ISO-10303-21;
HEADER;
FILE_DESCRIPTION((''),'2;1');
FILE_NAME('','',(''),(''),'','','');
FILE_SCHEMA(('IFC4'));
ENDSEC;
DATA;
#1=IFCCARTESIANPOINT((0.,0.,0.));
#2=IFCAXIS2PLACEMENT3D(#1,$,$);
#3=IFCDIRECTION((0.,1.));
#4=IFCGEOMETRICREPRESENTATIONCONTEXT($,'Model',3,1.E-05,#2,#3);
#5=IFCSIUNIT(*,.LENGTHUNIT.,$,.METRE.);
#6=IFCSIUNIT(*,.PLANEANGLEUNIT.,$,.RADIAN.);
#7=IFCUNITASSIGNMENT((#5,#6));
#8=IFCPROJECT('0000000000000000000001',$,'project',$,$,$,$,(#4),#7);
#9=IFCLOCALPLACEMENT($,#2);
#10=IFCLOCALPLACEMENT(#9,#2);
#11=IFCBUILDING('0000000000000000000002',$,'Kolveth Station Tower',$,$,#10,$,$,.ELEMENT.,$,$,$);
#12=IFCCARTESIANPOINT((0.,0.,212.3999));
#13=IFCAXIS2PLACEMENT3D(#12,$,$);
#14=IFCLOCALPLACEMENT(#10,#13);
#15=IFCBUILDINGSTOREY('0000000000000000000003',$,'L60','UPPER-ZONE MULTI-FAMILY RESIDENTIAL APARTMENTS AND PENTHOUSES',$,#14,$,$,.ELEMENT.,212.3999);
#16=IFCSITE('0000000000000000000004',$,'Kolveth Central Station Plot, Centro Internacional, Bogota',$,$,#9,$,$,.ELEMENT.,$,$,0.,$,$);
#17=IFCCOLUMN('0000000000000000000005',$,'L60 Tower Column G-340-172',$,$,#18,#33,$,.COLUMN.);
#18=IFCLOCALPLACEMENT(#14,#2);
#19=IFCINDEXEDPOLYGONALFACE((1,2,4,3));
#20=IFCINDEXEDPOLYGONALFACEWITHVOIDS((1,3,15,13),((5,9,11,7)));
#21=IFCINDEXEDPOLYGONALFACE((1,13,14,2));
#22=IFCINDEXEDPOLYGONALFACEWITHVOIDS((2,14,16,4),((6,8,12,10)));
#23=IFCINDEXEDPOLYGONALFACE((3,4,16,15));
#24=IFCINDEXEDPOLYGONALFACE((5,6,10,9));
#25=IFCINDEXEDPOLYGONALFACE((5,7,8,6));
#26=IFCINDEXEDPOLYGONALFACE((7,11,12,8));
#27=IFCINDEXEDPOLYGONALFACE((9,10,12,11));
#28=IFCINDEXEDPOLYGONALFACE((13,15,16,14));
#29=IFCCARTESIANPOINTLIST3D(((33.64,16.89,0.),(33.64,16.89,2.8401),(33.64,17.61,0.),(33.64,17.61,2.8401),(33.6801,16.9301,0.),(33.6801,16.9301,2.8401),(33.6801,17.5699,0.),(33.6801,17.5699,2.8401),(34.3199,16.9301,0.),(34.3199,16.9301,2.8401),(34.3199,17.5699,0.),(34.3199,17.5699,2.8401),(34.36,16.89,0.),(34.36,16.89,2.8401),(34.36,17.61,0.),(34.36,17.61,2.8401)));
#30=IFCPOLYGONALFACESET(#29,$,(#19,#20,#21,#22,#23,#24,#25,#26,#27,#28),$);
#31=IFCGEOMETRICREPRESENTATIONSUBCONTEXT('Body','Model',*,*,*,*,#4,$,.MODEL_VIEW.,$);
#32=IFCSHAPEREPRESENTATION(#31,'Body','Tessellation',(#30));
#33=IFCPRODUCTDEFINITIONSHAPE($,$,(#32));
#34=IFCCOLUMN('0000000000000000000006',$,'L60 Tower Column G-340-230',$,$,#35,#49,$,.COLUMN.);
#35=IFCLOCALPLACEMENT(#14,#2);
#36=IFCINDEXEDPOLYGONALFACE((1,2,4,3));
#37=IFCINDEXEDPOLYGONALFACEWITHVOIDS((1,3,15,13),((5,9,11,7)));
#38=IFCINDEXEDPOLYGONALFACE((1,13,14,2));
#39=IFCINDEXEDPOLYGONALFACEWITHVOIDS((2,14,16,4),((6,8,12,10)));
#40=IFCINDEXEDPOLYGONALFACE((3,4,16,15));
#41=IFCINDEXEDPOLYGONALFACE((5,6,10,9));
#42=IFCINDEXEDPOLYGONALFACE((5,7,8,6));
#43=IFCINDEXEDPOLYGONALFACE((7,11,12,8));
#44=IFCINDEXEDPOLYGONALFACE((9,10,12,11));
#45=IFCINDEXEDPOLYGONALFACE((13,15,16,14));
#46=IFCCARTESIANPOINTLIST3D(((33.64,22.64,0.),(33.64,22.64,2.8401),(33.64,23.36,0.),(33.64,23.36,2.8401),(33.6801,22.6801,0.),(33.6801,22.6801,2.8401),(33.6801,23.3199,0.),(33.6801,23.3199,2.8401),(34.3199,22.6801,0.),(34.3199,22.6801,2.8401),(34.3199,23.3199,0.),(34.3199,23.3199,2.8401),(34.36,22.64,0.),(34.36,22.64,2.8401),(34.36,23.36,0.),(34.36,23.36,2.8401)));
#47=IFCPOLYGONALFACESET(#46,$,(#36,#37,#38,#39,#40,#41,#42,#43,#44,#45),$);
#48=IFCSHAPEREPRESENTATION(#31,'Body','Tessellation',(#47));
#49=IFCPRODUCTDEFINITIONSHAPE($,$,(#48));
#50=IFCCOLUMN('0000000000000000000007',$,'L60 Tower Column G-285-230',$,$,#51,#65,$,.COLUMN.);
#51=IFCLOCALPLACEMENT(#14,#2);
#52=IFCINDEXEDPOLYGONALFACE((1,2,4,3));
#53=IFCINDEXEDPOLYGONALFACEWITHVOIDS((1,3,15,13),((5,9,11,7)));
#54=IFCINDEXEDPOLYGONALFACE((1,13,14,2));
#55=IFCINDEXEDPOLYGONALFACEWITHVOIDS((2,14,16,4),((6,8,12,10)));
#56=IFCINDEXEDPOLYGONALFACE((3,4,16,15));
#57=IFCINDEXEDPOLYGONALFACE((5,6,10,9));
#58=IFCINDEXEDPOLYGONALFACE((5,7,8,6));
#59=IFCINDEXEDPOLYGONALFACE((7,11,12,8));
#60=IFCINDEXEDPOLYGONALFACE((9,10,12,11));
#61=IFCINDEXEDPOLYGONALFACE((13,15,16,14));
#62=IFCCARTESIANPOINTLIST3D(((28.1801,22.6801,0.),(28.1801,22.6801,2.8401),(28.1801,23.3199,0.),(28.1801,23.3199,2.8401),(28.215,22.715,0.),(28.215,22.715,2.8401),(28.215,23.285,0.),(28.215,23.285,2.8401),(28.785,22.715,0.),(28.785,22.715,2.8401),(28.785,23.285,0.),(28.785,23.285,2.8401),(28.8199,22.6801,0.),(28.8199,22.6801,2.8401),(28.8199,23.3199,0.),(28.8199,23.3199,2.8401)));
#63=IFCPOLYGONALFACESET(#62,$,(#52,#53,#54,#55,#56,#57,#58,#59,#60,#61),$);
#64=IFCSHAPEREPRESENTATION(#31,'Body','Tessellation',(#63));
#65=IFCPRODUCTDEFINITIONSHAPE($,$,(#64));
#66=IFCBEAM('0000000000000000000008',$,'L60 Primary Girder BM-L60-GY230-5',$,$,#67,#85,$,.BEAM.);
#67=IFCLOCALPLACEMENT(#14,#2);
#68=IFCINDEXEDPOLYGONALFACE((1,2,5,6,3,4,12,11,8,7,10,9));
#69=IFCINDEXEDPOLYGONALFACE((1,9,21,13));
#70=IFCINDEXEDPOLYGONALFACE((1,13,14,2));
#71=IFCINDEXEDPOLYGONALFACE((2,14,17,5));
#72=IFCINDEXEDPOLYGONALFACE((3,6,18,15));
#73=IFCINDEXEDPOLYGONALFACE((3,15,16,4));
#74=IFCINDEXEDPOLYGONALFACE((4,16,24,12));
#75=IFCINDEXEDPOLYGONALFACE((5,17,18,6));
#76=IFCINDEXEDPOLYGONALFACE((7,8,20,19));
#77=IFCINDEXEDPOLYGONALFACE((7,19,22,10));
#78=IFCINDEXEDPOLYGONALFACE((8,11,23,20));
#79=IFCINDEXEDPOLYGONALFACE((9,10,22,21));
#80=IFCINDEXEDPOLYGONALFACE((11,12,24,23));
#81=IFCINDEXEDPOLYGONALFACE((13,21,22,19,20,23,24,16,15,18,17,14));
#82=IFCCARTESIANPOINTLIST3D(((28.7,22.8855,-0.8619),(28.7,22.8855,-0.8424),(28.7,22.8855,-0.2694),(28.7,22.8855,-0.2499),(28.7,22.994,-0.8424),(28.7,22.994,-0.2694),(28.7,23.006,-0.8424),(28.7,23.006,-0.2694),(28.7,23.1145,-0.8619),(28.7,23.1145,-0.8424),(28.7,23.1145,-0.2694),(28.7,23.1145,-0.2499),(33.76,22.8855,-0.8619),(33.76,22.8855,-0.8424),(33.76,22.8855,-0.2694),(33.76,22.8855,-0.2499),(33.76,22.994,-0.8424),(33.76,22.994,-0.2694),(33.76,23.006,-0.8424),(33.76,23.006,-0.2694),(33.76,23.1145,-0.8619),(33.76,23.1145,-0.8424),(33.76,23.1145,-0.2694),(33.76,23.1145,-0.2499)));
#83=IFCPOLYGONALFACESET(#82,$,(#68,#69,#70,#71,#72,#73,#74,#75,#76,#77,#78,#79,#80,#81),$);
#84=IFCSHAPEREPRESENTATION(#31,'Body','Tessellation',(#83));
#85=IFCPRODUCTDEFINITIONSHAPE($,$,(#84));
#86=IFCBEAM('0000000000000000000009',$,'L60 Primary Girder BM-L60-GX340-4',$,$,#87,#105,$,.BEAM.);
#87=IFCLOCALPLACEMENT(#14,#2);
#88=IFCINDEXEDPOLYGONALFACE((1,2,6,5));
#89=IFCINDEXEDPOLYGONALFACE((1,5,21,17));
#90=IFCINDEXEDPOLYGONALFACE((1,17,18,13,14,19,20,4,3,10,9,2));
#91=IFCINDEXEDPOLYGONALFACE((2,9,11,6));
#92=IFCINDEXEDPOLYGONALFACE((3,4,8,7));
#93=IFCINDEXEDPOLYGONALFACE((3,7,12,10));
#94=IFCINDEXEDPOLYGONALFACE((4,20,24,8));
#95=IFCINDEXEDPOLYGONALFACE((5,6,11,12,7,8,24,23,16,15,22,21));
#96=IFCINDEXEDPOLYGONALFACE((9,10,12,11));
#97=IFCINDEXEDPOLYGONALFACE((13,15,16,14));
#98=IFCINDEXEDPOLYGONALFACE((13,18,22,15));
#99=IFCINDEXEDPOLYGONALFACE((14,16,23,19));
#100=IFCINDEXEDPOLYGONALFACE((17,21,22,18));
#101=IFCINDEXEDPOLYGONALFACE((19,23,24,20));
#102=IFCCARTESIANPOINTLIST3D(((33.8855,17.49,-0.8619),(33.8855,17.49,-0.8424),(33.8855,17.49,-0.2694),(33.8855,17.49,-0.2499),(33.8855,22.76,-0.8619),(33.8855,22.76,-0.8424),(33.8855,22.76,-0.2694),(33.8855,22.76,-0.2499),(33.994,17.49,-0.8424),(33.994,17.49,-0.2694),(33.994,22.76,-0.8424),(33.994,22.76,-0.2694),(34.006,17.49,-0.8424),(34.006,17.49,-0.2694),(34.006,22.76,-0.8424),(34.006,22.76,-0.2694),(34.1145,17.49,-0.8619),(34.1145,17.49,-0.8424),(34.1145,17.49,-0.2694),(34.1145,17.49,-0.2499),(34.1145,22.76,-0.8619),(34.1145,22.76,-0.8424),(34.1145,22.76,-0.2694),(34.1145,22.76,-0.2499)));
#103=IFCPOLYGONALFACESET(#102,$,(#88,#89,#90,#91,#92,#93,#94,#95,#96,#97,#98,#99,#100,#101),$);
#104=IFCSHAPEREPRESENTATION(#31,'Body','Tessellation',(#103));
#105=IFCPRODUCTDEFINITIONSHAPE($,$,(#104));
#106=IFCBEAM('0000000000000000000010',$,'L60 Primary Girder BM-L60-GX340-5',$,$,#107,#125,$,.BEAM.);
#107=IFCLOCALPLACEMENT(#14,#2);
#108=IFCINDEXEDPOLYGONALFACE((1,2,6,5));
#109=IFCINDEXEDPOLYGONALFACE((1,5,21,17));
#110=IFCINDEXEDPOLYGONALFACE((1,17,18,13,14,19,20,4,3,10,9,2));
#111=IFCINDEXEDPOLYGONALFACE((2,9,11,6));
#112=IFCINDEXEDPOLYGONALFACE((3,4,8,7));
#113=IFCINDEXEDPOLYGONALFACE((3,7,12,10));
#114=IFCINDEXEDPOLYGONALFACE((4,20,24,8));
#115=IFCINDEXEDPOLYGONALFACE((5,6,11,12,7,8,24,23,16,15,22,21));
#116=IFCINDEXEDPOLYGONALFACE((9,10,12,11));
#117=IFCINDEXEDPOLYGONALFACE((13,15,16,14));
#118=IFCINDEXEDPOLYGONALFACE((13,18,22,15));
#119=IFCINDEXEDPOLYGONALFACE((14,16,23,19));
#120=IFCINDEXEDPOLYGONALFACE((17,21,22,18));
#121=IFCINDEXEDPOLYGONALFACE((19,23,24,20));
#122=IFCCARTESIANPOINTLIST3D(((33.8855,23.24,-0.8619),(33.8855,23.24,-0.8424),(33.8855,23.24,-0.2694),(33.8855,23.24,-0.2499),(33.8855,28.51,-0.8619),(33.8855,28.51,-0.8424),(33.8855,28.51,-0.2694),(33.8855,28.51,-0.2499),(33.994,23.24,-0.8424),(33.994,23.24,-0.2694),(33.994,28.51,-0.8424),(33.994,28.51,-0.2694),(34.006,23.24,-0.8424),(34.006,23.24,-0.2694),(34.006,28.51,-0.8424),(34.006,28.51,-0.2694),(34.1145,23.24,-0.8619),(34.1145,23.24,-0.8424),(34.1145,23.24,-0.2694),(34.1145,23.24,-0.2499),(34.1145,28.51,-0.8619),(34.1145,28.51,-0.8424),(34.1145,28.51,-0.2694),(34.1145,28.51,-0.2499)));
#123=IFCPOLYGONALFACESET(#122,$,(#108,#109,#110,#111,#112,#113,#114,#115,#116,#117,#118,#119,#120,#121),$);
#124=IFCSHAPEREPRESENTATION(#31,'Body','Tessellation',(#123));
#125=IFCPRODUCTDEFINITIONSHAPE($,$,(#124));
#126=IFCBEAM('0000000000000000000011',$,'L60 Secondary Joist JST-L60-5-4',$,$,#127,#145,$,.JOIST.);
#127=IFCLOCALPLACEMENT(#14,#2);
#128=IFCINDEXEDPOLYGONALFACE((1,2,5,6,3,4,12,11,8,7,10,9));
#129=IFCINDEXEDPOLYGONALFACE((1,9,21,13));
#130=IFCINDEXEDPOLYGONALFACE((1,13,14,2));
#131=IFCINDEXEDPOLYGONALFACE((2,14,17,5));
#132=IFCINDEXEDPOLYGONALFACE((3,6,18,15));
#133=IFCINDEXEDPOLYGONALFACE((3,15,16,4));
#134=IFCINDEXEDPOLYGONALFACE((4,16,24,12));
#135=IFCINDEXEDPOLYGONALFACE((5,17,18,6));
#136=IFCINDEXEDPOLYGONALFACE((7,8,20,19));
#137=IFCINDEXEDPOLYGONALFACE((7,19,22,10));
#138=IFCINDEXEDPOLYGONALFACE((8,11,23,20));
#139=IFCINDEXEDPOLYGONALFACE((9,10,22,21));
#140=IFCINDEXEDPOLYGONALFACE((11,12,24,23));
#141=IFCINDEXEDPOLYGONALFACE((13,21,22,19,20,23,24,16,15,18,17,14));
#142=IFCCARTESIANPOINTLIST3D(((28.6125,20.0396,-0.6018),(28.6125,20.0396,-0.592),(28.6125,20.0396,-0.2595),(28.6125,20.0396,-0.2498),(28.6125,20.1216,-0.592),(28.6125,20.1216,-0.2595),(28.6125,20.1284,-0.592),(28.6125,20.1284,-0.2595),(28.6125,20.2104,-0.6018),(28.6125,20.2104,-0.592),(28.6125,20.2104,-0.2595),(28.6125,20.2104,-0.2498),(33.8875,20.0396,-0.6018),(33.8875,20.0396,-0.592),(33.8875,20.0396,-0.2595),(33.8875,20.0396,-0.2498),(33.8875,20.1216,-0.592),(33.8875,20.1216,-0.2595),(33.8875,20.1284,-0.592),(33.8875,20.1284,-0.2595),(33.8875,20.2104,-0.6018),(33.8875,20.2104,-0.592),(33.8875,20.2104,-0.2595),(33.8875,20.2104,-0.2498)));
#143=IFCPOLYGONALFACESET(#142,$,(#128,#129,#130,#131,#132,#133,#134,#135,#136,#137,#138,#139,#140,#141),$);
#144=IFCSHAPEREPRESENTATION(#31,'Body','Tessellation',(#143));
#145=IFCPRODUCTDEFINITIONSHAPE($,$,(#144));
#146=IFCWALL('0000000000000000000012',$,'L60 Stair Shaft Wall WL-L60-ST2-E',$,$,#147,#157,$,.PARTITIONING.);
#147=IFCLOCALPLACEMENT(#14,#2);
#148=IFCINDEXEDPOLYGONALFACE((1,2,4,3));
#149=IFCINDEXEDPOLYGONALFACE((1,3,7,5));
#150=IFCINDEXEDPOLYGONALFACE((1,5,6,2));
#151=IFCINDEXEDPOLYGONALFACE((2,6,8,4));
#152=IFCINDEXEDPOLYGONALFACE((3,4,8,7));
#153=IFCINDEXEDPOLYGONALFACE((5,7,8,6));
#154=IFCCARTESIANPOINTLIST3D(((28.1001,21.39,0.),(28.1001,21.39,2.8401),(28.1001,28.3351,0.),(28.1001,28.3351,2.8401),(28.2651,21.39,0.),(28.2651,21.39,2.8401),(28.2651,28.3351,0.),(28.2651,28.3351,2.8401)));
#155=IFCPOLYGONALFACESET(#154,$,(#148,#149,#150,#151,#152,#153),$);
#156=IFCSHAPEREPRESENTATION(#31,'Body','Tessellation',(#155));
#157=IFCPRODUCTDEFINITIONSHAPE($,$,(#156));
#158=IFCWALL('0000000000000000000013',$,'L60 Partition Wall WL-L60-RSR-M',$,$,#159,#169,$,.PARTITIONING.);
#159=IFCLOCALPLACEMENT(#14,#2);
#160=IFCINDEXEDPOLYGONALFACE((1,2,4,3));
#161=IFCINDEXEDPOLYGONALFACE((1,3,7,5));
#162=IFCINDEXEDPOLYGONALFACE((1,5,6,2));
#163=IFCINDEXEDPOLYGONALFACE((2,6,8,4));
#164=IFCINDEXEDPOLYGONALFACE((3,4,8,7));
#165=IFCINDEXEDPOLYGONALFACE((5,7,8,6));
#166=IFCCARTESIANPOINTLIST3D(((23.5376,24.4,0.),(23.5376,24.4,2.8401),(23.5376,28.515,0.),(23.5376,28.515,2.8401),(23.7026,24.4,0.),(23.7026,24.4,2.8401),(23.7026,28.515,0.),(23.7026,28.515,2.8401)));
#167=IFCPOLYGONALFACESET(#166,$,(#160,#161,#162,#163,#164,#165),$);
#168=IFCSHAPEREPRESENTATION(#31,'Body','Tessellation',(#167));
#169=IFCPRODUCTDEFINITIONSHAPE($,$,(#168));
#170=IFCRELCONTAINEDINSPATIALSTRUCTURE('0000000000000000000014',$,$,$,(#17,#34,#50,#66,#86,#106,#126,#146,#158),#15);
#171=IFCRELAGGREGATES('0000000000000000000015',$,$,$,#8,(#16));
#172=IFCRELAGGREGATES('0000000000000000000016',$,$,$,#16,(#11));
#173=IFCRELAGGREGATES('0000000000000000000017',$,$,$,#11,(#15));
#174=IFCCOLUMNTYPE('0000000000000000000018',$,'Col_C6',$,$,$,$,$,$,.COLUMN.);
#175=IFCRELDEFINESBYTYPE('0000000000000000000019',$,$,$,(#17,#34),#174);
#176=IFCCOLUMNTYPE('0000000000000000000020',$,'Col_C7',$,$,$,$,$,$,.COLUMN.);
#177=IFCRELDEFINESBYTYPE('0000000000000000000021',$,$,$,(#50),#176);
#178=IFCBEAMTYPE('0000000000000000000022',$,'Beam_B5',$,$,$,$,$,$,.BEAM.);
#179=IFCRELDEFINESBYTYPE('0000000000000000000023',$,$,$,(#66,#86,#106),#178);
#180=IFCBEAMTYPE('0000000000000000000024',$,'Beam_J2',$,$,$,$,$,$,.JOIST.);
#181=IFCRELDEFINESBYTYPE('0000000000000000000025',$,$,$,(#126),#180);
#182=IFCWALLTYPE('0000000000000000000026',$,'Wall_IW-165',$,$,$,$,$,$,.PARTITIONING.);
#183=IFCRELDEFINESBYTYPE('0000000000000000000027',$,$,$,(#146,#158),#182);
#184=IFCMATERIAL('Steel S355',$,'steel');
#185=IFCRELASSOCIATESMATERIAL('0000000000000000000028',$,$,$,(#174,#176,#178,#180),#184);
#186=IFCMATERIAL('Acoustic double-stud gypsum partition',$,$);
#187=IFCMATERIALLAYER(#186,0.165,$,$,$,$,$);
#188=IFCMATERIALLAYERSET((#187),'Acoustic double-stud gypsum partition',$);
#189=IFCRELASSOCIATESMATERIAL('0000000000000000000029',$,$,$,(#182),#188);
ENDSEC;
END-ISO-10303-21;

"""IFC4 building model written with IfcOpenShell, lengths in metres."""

from ifc_helpers import new_model, si_unit, direction, frame, frame_2d, origin, origin_2d, place, context, subcontext, project, spatial, rectangle, hollow_rectangle, i_section, extrude, source, transform, mapped, material, layer, layer_set, material_profile, profile_set, type_object, element, save


model = new_model("IFC4")

# Units and contexts
model_context = context("Model", 3, precision=1e-05, world=origin(), true_north=direction((0.0, 1.0)))
body_context = subcontext(model_context, "Body", "Model", "MODEL_VIEW")
ifc_project = project(units=[si_unit("LENGTHUNIT", "METRE"), si_unit("PLANEANGLEUNIT", "RADIAN")], contexts=[model_context])

# Site, building, storey
site_placement = place(None, origin())
site = spatial("IfcSite", under=ifc_project, at=site_placement, Name="Kolveth Central Station Plot, Centro Internacional, Bogota", CompositionType="ELEMENT", RefElevation=0.0)
building_placement = place(site_placement, origin())
building = spatial("IfcBuilding", under=site, at=building_placement, Name="Kolveth Station Tower", CompositionType="ELEMENT")
storey_placement = place(building_placement, frame((0.0, 0.0, 212.3999)))
storey = spatial("IfcBuildingStorey", under=building, at=storey_placement, Name="L60", Description="UPPER-ZONE MULTI-FAMILY RESIDENTIAL APARTMENTS AND PENTHOUSES", CompositionType="ELEMENT", Elevation=212.3999)

# Columns
ifc_material_1 = material(Name="Steel S355", Category="steel")
ifc_material_profile_1 = material_profile(ifc_material_1, hollow_rectangle(XDim=0.72, YDim=0.72, WallThickness=0.04, at=origin_2d()), Name="BOX720x720x40")
ifc_profile_set_1 = profile_set([ifc_material_profile_1], Name="Steel S355")
column_type_1 = type_object("IfcColumnType", Name="Col_C6", PredefinedType="COLUMN", material=ifc_profile_set_1)
shared_shape_1 = source(origin(), body_context, "Body", "SweptSolid", [
    extrude(hollow_rectangle(XDim=0.72, YDim=0.72, WallThickness=0.04, at=origin_2d()), origin(), (0.0, 0.0, 1.0), 2.8401),
])
for number, where, z_axis, x_axis, name in (
    (1, (34.0, 17.25, 0.0), (0.0, 0.0, 1.0), (1.0, 0.0, 0.0), "L60 Tower Column G-340-172"),
    (2, (34.0, 23.0, 0.0), (0.0, 0.0, 1.0), (1.0, 0.0, 0.0), "L60 Tower Column G-340-230"),
):
    element("IfcColumn", number, at=place(storey_placement, frame(where, z_axis=z_axis, x_axis=x_axis)), inside=storey, type_object=column_type_1, Name=name, PredefinedType="COLUMN", context=body_context, shape_type="MappedRepresentation", body=[
        mapped(shared_shape_1, transform((0.0, 0.0, 0.0), x_axis=(1.0, 0.0, 0.0), y_axis=(0.0, 1.0, 0.0), z_axis=(0.0, 0.0, 1.0), scale=1.0)),
    ])
ifc_material_profile_2 = material_profile(ifc_material_1, hollow_rectangle(XDim=0.6399, YDim=0.6399, WallThickness=0.0349, at=origin_2d()), Name="BOX640x640x35")
ifc_profile_set_2 = profile_set([ifc_material_profile_2], Name="Steel S355")
column_type_2 = type_object("IfcColumnType", Name="Col_C7", PredefinedType="COLUMN", material=ifc_profile_set_2)
shared_shape_2 = source(origin(), body_context, "Body", "SweptSolid", [
    extrude(hollow_rectangle(XDim=0.6399, YDim=0.6399, WallThickness=0.0349, at=origin_2d()), origin(), (0.0, 0.0, 1.0), 2.8401),
])
column_placement = place(storey_placement, frame((28.5, 23.0, 0.0), z_axis=(0.0, 0.0, 1.0), x_axis=(1.0, 0.0, 0.0)))
element("IfcColumn", 3, at=column_placement, inside=storey, type_object=column_type_2, Name="L60 Tower Column G-285-230", PredefinedType="COLUMN", context=body_context, shape_type="MappedRepresentation", body=[
    mapped(shared_shape_2, transform((0.0, 0.0, 0.0), x_axis=(1.0, 0.0, 0.0), y_axis=(0.0, 1.0, 0.0), z_axis=(0.0, 0.0, 1.0), scale=1.0)),
])

# Beams
ifc_material_profile_3 = material_profile(ifc_material_1, i_section(OverallWidth=0.229, OverallDepth=0.6121, WebThickness=0.012, FlangeThickness=0.0195, at=origin_2d()), Name="W610x125")
ifc_profile_set_3 = profile_set([ifc_material_profile_3], Name="Steel S355")
beam_type_1 = type_object("IfcBeamType", Name="Beam_B5", PredefinedType="BEAM", material=ifc_profile_set_3)
shared_shape_3 = source(origin(), body_context, "Body", "SweptSolid", [
    extrude(i_section(OverallWidth=0.229, OverallDepth=0.6121, WebThickness=0.012, FlangeThickness=0.0195, at=origin_2d()), origin(), (0.0, 0.0, 1.0), 5.0601),
])
beam_1_placement = place(storey_placement, frame((28.7, 23.0, -0.5559), z_axis=(1.0, 0.0, 0.0), x_axis=(0.0, 1.0, 0.0)))
element("IfcBeam", 4, at=beam_1_placement, inside=storey, type_object=beam_type_1, Name="L60 Primary Girder BM-L60-GY230-5", PredefinedType="BEAM", context=body_context, shape_type="MappedRepresentation", body=[
    mapped(shared_shape_3, transform((0.0, 0.0, 0.0), x_axis=(1.0, 0.0, 0.0), y_axis=(0.0, 1.0, 0.0), z_axis=(0.0, 0.0, 1.0), scale=1.0)),
])
shared_shape_4 = source(origin(), body_context, "Body", "SweptSolid", [
    extrude(i_section(OverallWidth=0.229, OverallDepth=0.6121, WebThickness=0.012, FlangeThickness=0.0195, at=origin_2d()), origin(), (0.0, 0.0, 1.0), 5.27),
])
for number, where, z_axis, x_axis, name in (
    (5, (34.0, 17.49, -0.5559), (0.0, 1.0, 0.0), (-1.0, 0.0, 0.0), "L60 Primary Girder BM-L60-GX340-4"),
    (6, (34.0, 23.24, -0.5559), (0.0, 1.0, 0.0), (-1.0, 0.0, 0.0), "L60 Primary Girder BM-L60-GX340-5"),
):
    element("IfcBeam", number, at=place(storey_placement, frame(where, z_axis=z_axis, x_axis=x_axis)), inside=storey, type_object=beam_type_1, Name=name, PredefinedType="BEAM", context=body_context, shape_type="MappedRepresentation", body=[
        mapped(shared_shape_4, transform((0.0, 0.0, 0.0), x_axis=(1.0, 0.0, 0.0), y_axis=(0.0, 1.0, 0.0), z_axis=(0.0, 0.0, 1.0), scale=1.0)),
    ])
ifc_material_profile_4 = material_profile(ifc_material_1, i_section(OverallWidth=0.1709, OverallDepth=0.3521, WebThickness=0.0068, FlangeThickness=0.0098, at=origin_2d()), Name="W360x44")
ifc_profile_set_4 = profile_set([ifc_material_profile_4], Name="Steel S355")
beam_type_2 = type_object("IfcBeamType", Name="Beam_J2", PredefinedType="JOIST", material=ifc_profile_set_4)
shared_shape_5 = source(origin(), body_context, "Body", "SweptSolid", [
    extrude(i_section(OverallWidth=0.1709, OverallDepth=0.3521, WebThickness=0.0068, FlangeThickness=0.0098, at=origin_2d()), origin(), (0.0, 0.0, 1.0), 5.2749),
])
beam_2_placement = place(storey_placement, frame((28.6125, 20.125, -0.4258), z_axis=(1.0, 0.0, 0.0), x_axis=(0.0, 1.0, 0.0)))
element("IfcBeam", 7, at=beam_2_placement, inside=storey, type_object=beam_type_2, Name="L60 Secondary Joist JST-L60-5-4", PredefinedType="JOIST", context=body_context, shape_type="MappedRepresentation", body=[
    mapped(shared_shape_5, transform((0.0, 0.0, 0.0), x_axis=(1.0, 0.0, 0.0), y_axis=(0.0, 1.0, 0.0), z_axis=(0.0, 0.0, 1.0), scale=1.0)),
])

# Walls
ifc_material_2 = material(Name="Acoustic double-stud gypsum partition")
ifc_layer_1 = layer(ifc_material_2, 0.165)
ifc_layer_set_1 = layer_set([ifc_layer_1], Name="Acoustic double-stud gypsum partition")
wall_type_1 = type_object("IfcWallType", Name="Wall_IW-165", PredefinedType="PARTITIONING", material=ifc_layer_set_1)
wall_1_placement = place(storey_placement, frame((28.1826, 21.3899, 0.0), z_axis=(0.0, 0.0, 1.0), x_axis=(0.0, 1.0, 0.0)))
element("IfcWall", 8, at=wall_1_placement, inside=storey, type_object=wall_type_1, Name="L60 Stair Shaft Wall WL-L60-ST2-E", PredefinedType="PARTITIONING", context=body_context, shape_type="SweptSolid", body=[
    extrude(rectangle(XDim=6.9451, YDim=0.165, at=frame_2d((3.4727, 0.0))), origin(), (0.0, 0.0, 1.0), 2.8401),
])
wall_2_placement = place(storey_placement, frame((23.6201, 24.3999, 0.0), z_axis=(0.0, 0.0, 1.0), x_axis=(0.0, 1.0, 0.0)))
element("IfcWall", 9, at=wall_2_placement, inside=storey, type_object=wall_type_1, Name="L60 Partition Wall WL-L60-RSR-M", PredefinedType="PARTITIONING", context=body_context, shape_type="SweptSolid", body=[
    extrude(rectangle(XDim=4.115, YDim=0.165, at=frame_2d((2.0576, 0.0))), origin(), (0.0, 0.0, 1.0), 2.8401),
])

save(model, "model.ifc")
